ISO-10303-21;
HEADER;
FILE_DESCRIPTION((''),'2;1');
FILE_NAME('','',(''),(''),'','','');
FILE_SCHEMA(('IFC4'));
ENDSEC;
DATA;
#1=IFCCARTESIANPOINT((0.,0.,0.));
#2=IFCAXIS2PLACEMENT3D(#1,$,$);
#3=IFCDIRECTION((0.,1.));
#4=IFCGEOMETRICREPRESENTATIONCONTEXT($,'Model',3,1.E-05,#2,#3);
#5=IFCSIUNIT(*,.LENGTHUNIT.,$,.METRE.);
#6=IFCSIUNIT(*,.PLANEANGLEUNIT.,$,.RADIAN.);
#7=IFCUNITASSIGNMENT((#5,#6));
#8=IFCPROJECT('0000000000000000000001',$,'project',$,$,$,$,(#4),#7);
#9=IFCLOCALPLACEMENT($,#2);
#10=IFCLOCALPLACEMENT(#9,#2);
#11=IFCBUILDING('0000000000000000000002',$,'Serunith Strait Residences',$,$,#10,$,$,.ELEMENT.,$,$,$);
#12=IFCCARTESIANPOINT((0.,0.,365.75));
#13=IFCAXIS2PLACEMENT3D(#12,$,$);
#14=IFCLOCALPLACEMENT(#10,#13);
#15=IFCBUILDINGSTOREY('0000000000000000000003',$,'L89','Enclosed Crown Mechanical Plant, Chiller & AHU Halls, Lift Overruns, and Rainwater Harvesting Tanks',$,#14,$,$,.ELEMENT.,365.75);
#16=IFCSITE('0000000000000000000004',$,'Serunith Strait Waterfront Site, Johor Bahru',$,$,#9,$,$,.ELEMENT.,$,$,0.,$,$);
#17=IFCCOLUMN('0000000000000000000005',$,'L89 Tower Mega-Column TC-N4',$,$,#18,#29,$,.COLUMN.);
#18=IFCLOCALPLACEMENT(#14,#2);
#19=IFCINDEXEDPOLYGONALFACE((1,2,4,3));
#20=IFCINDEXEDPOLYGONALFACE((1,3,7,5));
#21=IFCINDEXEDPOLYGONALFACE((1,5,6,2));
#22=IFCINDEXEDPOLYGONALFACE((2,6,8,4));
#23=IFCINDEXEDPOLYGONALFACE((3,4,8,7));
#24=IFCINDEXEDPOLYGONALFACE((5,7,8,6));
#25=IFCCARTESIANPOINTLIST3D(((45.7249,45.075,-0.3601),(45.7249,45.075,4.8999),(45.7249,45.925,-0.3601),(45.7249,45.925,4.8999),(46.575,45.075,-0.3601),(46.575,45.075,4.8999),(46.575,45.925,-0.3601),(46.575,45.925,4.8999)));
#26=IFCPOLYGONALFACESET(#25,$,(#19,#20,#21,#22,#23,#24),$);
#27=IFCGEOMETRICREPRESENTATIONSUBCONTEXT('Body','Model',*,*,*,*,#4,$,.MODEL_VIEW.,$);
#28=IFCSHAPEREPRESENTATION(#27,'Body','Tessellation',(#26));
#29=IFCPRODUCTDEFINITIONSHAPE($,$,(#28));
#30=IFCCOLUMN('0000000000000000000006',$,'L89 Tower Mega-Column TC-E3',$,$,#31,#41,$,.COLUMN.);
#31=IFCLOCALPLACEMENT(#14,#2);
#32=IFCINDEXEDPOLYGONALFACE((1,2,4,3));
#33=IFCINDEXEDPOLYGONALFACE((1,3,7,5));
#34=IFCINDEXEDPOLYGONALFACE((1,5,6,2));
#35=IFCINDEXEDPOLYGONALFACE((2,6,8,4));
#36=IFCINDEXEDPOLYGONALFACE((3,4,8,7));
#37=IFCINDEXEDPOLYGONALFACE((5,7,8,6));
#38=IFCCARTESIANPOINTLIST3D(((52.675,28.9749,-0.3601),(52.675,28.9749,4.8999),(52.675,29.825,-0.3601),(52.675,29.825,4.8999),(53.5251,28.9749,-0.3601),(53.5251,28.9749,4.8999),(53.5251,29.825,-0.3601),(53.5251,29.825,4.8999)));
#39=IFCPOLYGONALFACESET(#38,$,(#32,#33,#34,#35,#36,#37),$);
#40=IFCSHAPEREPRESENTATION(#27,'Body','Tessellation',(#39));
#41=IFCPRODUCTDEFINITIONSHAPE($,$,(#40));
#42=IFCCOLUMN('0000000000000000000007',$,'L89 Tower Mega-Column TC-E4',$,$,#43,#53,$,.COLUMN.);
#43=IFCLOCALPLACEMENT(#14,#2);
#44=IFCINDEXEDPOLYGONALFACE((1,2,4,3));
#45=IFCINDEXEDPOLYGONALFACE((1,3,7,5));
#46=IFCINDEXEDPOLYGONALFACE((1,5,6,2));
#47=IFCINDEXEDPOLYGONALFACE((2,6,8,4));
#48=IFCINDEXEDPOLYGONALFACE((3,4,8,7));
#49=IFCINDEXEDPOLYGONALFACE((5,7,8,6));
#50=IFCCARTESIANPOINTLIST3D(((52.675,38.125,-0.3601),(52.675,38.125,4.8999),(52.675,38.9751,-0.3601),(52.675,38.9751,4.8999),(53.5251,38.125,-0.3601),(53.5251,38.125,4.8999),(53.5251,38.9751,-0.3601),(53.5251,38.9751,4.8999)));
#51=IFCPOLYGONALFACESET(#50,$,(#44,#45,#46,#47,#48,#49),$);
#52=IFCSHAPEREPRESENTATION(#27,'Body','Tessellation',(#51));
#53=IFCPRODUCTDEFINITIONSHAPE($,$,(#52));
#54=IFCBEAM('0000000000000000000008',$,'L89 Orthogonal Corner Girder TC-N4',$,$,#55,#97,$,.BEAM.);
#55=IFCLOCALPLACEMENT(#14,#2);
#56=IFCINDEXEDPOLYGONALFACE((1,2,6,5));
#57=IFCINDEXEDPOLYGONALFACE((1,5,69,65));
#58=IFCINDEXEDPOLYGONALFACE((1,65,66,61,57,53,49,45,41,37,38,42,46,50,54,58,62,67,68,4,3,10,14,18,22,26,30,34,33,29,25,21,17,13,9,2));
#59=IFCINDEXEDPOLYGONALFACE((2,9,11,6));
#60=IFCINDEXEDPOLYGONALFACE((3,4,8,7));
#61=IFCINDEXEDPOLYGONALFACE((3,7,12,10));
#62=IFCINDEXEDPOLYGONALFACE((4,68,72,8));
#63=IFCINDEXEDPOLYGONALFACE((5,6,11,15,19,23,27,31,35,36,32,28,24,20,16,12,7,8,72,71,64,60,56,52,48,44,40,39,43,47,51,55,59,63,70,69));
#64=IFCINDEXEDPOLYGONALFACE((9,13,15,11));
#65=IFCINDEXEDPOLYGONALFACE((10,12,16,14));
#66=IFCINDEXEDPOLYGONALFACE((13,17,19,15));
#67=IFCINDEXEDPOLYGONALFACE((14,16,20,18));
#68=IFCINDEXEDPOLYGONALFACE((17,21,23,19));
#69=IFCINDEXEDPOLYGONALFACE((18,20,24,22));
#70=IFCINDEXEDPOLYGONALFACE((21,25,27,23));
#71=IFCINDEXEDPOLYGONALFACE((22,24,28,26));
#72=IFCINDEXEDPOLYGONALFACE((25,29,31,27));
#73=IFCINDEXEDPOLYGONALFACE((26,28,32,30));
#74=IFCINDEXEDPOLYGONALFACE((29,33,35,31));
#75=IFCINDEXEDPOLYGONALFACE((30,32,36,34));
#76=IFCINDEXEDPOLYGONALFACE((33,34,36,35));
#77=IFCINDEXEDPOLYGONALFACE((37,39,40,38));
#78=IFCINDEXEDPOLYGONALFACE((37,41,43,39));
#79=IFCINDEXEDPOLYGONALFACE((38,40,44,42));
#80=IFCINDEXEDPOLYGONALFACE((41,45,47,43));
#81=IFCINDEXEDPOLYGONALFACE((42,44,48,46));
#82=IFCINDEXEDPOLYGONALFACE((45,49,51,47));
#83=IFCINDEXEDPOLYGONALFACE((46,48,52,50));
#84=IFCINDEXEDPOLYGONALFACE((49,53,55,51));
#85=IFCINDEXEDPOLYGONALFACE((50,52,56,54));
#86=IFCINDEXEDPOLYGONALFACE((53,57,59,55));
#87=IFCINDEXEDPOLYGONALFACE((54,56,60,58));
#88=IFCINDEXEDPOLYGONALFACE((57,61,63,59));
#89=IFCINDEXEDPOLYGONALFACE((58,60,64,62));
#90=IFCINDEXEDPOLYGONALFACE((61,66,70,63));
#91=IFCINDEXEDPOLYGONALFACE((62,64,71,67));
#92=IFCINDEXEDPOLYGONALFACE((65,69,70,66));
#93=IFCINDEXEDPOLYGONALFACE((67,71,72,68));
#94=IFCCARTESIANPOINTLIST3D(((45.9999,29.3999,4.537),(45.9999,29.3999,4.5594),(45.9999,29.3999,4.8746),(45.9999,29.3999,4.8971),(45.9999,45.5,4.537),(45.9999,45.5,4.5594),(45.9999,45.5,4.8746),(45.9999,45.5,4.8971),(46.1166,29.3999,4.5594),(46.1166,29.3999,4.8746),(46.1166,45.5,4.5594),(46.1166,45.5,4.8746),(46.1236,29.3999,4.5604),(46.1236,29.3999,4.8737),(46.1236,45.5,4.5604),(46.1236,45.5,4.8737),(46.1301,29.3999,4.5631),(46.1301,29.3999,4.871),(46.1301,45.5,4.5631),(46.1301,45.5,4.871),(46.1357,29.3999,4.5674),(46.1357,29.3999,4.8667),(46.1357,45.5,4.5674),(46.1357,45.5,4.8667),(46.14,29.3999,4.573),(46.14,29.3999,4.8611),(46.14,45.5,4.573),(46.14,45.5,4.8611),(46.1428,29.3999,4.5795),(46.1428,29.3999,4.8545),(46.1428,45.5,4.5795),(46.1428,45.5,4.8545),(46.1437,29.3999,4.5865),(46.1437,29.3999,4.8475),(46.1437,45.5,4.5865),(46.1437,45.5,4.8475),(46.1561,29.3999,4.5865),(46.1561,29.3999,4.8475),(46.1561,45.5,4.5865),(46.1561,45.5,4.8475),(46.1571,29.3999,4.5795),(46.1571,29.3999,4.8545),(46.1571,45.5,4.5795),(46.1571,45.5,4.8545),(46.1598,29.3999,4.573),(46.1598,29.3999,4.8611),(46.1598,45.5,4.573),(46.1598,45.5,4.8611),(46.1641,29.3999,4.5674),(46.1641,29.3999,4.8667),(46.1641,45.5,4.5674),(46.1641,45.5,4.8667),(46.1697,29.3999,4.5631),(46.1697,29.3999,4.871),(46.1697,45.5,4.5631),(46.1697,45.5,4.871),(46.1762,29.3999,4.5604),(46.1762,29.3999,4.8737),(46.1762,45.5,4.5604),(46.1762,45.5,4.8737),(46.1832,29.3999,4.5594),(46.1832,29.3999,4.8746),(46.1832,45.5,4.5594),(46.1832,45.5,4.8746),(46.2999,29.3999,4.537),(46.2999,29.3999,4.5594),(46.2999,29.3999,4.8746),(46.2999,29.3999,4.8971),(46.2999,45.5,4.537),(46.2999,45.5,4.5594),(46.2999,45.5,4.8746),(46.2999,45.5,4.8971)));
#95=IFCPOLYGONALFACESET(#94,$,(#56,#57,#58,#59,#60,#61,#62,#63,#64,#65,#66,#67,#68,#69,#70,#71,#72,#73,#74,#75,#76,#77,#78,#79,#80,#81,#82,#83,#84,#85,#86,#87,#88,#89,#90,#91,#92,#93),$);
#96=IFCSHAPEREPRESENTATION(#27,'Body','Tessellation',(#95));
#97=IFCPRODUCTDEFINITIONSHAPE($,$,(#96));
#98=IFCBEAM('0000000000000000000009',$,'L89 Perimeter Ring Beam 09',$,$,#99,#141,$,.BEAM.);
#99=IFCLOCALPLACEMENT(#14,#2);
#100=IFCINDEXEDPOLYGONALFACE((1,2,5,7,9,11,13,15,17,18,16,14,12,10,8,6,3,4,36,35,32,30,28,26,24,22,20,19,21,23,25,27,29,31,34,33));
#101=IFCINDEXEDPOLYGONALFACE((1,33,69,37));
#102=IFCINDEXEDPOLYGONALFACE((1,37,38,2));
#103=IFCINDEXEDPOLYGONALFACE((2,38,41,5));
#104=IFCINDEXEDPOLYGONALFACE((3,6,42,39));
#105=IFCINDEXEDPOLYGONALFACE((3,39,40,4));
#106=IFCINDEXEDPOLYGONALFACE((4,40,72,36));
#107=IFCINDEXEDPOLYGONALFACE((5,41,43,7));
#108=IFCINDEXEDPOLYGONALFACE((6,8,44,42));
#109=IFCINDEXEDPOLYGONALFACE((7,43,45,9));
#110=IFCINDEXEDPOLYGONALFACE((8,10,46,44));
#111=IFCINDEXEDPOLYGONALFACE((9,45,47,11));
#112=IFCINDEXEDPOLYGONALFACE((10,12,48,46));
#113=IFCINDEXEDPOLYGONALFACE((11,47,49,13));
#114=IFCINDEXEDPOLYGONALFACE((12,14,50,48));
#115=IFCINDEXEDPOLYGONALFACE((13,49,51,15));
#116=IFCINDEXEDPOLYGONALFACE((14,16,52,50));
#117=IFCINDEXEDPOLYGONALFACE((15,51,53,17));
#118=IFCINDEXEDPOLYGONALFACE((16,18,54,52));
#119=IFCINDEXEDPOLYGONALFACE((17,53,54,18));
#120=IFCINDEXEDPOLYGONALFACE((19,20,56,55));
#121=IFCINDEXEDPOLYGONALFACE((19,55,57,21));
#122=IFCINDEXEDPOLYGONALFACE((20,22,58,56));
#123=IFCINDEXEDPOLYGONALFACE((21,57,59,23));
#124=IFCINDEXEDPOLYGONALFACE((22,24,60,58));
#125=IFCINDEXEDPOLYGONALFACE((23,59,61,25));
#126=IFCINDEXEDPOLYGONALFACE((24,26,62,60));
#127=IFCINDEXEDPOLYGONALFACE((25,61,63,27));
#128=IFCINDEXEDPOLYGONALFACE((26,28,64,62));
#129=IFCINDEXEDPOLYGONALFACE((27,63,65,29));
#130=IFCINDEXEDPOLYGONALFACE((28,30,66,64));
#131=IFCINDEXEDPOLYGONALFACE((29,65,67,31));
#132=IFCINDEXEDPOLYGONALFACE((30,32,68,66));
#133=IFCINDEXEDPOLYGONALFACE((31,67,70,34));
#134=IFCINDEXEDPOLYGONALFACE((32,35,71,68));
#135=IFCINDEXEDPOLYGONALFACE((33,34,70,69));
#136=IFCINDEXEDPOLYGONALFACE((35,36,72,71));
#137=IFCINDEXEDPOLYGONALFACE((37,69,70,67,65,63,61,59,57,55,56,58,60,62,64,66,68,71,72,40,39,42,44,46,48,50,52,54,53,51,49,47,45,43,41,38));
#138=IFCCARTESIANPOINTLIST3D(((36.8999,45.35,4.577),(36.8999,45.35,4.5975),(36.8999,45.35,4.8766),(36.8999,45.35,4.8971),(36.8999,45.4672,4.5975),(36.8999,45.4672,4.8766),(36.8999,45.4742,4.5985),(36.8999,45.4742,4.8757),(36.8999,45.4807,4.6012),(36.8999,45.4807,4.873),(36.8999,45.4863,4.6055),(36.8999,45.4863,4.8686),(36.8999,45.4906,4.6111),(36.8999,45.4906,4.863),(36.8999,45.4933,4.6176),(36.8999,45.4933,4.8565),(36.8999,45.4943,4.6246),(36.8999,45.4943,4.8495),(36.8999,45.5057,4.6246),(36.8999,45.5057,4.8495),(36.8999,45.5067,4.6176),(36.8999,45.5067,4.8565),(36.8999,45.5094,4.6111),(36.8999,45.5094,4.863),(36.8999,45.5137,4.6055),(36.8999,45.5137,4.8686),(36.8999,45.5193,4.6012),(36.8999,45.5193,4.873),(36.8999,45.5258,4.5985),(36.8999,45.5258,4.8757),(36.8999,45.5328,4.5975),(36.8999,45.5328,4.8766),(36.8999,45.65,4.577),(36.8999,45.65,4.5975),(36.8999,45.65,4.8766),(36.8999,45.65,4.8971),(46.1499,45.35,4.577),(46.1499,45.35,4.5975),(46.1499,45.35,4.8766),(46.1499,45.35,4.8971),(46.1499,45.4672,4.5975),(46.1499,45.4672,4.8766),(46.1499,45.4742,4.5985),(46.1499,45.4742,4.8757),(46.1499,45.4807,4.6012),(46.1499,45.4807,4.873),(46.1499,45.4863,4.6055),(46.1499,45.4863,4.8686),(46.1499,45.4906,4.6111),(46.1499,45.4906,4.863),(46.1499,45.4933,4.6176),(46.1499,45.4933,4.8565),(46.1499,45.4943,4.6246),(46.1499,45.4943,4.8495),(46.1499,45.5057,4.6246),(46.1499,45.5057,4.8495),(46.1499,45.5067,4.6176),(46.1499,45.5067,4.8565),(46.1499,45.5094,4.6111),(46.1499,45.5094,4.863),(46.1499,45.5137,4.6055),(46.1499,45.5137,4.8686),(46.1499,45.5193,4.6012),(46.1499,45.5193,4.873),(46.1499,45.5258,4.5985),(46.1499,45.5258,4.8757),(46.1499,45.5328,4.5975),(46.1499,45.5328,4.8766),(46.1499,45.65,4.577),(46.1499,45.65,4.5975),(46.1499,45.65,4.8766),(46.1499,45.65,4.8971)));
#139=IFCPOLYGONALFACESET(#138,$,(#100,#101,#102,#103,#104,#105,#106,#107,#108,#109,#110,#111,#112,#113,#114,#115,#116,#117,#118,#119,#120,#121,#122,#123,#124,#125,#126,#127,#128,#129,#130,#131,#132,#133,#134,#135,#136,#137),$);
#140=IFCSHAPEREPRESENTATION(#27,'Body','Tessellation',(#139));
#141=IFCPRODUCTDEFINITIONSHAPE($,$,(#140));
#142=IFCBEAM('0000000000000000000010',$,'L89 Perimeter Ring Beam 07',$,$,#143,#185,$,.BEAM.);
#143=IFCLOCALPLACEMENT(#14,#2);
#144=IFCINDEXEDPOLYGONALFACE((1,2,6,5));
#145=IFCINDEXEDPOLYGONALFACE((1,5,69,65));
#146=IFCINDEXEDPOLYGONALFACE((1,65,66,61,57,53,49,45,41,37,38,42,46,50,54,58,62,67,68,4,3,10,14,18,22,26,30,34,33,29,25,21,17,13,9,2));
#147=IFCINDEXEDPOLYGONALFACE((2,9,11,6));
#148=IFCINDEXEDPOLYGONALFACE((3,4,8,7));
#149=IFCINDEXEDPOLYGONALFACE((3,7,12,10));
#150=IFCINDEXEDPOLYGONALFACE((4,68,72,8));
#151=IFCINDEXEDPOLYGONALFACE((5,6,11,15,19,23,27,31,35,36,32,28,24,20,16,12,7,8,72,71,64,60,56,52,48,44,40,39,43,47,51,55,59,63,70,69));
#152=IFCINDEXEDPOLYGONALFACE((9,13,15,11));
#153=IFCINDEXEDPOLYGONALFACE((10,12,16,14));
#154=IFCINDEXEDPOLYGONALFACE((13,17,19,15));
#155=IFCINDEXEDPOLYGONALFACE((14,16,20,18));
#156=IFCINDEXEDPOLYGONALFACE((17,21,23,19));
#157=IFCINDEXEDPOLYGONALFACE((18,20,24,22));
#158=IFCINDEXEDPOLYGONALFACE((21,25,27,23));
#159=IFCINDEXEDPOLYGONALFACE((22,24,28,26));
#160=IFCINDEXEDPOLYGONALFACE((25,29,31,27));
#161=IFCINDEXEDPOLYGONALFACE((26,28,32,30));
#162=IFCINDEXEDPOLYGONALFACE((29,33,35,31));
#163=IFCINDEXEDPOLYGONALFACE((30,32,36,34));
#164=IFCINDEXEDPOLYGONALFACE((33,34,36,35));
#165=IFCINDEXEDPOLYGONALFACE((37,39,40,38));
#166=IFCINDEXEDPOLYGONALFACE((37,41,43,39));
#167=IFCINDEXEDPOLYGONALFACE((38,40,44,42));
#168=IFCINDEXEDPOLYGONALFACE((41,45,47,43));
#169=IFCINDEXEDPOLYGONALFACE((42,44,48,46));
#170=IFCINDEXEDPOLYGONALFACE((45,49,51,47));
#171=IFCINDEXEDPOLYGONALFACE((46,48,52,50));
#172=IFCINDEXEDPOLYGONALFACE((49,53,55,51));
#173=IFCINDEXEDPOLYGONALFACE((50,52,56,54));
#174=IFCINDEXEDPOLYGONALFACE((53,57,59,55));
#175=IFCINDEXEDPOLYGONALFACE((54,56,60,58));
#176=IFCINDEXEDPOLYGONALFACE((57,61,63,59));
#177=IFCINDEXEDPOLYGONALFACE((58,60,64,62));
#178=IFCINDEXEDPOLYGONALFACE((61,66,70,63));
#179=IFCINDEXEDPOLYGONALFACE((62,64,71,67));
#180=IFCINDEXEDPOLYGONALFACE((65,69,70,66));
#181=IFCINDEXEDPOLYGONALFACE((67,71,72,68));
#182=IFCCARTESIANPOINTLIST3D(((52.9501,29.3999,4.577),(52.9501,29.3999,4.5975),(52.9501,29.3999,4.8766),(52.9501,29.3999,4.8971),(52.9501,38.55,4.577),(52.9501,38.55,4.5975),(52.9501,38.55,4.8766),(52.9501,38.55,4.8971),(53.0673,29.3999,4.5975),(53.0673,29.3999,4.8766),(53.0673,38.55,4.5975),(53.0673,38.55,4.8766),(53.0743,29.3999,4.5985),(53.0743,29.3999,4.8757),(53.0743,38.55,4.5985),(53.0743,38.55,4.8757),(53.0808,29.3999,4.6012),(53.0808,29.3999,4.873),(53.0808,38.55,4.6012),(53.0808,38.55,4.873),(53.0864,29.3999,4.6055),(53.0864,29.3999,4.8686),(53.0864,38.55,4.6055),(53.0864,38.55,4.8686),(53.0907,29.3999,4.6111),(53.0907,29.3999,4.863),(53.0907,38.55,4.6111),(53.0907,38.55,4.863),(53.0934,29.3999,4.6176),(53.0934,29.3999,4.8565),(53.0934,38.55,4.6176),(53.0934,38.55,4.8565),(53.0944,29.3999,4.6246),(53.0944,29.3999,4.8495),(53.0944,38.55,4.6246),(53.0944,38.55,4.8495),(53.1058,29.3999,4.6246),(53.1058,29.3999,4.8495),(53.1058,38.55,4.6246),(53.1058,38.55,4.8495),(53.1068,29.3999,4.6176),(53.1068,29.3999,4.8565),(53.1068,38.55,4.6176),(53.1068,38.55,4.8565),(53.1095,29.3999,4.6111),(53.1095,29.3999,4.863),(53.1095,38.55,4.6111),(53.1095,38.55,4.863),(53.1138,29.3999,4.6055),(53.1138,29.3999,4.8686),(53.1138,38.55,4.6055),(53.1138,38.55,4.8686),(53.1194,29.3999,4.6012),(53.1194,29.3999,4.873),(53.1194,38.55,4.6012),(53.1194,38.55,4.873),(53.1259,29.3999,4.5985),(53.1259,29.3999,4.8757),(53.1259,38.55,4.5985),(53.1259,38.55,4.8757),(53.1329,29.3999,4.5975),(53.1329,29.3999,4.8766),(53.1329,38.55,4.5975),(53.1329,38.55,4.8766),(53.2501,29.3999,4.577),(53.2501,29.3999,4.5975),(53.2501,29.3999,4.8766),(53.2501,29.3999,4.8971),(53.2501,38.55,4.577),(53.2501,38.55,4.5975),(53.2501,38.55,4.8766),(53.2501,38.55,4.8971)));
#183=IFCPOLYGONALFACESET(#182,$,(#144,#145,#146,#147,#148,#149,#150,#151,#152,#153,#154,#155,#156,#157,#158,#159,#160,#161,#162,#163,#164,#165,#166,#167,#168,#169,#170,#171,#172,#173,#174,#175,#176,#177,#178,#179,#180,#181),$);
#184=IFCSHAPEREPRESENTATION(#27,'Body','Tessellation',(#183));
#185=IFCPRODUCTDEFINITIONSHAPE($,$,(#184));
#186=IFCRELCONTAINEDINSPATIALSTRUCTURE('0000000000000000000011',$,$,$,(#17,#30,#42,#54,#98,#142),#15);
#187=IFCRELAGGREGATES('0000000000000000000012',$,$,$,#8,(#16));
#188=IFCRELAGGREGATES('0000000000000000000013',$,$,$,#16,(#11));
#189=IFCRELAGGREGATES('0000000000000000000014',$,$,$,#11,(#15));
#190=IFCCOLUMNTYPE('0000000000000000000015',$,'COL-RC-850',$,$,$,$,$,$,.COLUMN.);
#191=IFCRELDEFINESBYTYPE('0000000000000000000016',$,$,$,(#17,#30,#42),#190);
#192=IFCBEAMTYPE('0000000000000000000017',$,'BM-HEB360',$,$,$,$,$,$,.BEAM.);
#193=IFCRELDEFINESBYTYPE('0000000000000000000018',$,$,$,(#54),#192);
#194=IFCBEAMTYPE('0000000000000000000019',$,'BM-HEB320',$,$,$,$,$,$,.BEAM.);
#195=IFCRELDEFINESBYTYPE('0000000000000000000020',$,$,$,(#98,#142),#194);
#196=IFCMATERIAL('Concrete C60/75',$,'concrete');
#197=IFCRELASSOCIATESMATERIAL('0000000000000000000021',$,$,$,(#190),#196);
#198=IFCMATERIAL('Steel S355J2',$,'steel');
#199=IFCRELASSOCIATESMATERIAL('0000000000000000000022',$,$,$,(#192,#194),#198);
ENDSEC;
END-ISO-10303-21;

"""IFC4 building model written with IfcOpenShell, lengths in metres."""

from ifc_helpers import new_model, si_unit, direction, frame, origin, origin_2d, place, context, subcontext, project, spatial, rectangle, i_section, extrude, source, transform, mapped, material, material_profile, profile_set, type_object, element, save


model = new_model("IFC4")

# Units and contexts
model_context = context("Model", 3, precision=1e-05, world=origin(), true_north=direction((0.0, 1.0)))
body_context = subcontext(model_context, "Body", "Model", "MODEL_VIEW")
ifc_project = project(units=[si_unit("LENGTHUNIT", "METRE"), si_unit("PLANEANGLEUNIT", "RADIAN")], contexts=[model_context])

# Site, building, storey
site_placement = place(None, origin())
site = spatial("IfcSite", under=ifc_project, at=site_placement, Name="Serunith Strait Waterfront Site, Johor Bahru", CompositionType="ELEMENT", RefElevation=0.0)
building_placement = place(site_placement, origin())
building = spatial("IfcBuilding", under=site, at=building_placement, Name="Serunith Strait Residences", CompositionType="ELEMENT")
storey_placement = place(building_placement, frame((0.0, 0.0, 365.75)))
storey = spatial("IfcBuildingStorey", under=building, at=storey_placement, Name="L89", Description="Enclosed Crown Mechanical Plant, Chiller & AHU Halls, Lift Overruns, and Rainwater Harvesting Tanks", CompositionType="ELEMENT", Elevation=365.75)

# Columns
ifc_material_1 = material(Name="Concrete C60/75", Category="concrete")
ifc_material_profile_1 = material_profile(ifc_material_1, rectangle(XDim=0.8501, YDim=0.8501, at=origin_2d()), Name="RC 850x850")
ifc_profile_set_1 = profile_set([ifc_material_profile_1], Name="Concrete C60/75")
column_type = type_object("IfcColumnType", Name="COL-RC-850", PredefinedType="COLUMN", material=ifc_profile_set_1)
shared_shape_1 = source(origin(), body_context, "Body", "SweptSolid", [
    extrude(rectangle(XDim=0.8501, YDim=0.8501, at=origin_2d()), origin(), (0.0, 0.0, 1.0), 5.26),
])
for number, where, z_axis, x_axis, name in (
    (1, (46.1499, 45.5, -0.3601), (0.0, 0.0, 1.0), (1.0, 0.0, 0.0), "L89 Tower Mega-Column TC-N4"),
    (2, (53.1001, 29.3999, -0.3601), (0.0, 0.0, 1.0), (1.0, 0.0, 0.0), "L89 Tower Mega-Column TC-E3"),
    (3, (53.1001, 38.55, -0.3601), (0.0, 0.0, 1.0), (1.0, 0.0, 0.0), "L89 Tower Mega-Column TC-E4"),
):
    element("IfcColumn", number, at=place(storey_placement, frame(where, z_axis=z_axis, x_axis=x_axis)), inside=storey, type_object=column_type, Name=name, PredefinedType="COLUMN", context=body_context, shape_type="MappedRepresentation", body=[
        mapped(shared_shape_1, transform((0.0, 0.0, 0.0), scale=1.0)),
    ])

# Beams
ifc_material_2 = material(Name="Steel S355J2", Category="steel")
ifc_material_profile_2 = material_profile(ifc_material_2, i_section(OverallWidth=0.3, OverallDepth=0.3601, WebThickness=0.0125, FlangeThickness=0.0225, FilletRadius=0.0271, at=origin_2d()), Name="HEB 360")
ifc_profile_set_2 = profile_set([ifc_material_profile_2], Name="Steel S355J2")
beam_type_1 = type_object("IfcBeamType", Name="BM-HEB360", PredefinedType="BEAM", material=ifc_profile_set_2)
shared_shape_2 = source(origin(), body_context, "Body", "SweptSolid", [
    extrude(i_section(OverallWidth=0.3, OverallDepth=0.3601, WebThickness=0.0125, FlangeThickness=0.0225, FilletRadius=0.0271, at=origin_2d()), origin(), (0.0, 0.0, 1.0), 16.1001),
])
beam_1_placement = place(storey_placement, frame((46.1499, 29.3999, 4.717), z_axis=(0.0, 1.0, 0.0), x_axis=(-1.0, 0.0, 0.0)))
element("IfcBeam", 4, at=beam_1_placement, inside=storey, type_object=beam_type_1, Name="L89 Orthogonal Corner Girder TC-N4", PredefinedType="BEAM", context=body_context, shape_type="MappedRepresentation", body=[
    mapped(shared_shape_2, transform((0.0, 0.0, 0.0), scale=1.0)),
])
ifc_material_profile_3 = material_profile(ifc_material_2, i_section(OverallWidth=0.3, OverallDepth=0.3201, WebThickness=0.0115, FlangeThickness=0.0205, FilletRadius=0.0271, at=origin_2d()), Name="HEB 320")
ifc_profile_set_3 = profile_set([ifc_material_profile_3], Name="Steel S355J2")
beam_type_2 = type_object("IfcBeamType", Name="BM-HEB320", PredefinedType="BEAM", material=ifc_profile_set_3)
shared_shape_3 = source(origin(), body_context, "Body", "SweptSolid", [
    extrude(i_section(OverallWidth=0.3, OverallDepth=0.3201, WebThickness=0.0115, FlangeThickness=0.0205, FilletRadius=0.0271, at=origin_2d()), origin(), (0.0, 0.0, 1.0), 9.25),
])
beam_2_placement = place(storey_placement, frame((46.1499, 45.5, 4.7371), z_axis=(-1.0, 0.0, 0.0), x_axis=(0.0, -1.0, 0.0)))
element("IfcBeam", 5, at=beam_2_placement, inside=storey, type_object=beam_type_2, Name="L89 Perimeter Ring Beam 09", PredefinedType="BEAM", context=body_context, shape_type="MappedRepresentation", body=[
    mapped(shared_shape_3, transform((0.0, 0.0, 0.0), scale=1.0)),
])
shared_shape_4 = source(origin(), body_context, "Body", "SweptSolid", [
    extrude(i_section(OverallWidth=0.3, OverallDepth=0.3201, WebThickness=0.0115, FlangeThickness=0.0205, FilletRadius=0.0271, at=origin_2d()), origin(), (0.0, 0.0, 1.0), 9.1501),
])
beam_3_placement = place(storey_placement, frame((53.1001, 29.3999, 4.7371), z_axis=(0.0, 1.0, 0.0), x_axis=(-1.0, 0.0, 0.0)))
element("IfcBeam", 6, at=beam_3_placement, inside=storey, type_object=beam_type_2, Name="L89 Perimeter Ring Beam 07", PredefinedType="BEAM", context=body_context, shape_type="MappedRepresentation", body=[
    mapped(shared_shape_4, transform((0.0, 0.0, 0.0), scale=1.0)),
])

save(model, "model.ifc")
